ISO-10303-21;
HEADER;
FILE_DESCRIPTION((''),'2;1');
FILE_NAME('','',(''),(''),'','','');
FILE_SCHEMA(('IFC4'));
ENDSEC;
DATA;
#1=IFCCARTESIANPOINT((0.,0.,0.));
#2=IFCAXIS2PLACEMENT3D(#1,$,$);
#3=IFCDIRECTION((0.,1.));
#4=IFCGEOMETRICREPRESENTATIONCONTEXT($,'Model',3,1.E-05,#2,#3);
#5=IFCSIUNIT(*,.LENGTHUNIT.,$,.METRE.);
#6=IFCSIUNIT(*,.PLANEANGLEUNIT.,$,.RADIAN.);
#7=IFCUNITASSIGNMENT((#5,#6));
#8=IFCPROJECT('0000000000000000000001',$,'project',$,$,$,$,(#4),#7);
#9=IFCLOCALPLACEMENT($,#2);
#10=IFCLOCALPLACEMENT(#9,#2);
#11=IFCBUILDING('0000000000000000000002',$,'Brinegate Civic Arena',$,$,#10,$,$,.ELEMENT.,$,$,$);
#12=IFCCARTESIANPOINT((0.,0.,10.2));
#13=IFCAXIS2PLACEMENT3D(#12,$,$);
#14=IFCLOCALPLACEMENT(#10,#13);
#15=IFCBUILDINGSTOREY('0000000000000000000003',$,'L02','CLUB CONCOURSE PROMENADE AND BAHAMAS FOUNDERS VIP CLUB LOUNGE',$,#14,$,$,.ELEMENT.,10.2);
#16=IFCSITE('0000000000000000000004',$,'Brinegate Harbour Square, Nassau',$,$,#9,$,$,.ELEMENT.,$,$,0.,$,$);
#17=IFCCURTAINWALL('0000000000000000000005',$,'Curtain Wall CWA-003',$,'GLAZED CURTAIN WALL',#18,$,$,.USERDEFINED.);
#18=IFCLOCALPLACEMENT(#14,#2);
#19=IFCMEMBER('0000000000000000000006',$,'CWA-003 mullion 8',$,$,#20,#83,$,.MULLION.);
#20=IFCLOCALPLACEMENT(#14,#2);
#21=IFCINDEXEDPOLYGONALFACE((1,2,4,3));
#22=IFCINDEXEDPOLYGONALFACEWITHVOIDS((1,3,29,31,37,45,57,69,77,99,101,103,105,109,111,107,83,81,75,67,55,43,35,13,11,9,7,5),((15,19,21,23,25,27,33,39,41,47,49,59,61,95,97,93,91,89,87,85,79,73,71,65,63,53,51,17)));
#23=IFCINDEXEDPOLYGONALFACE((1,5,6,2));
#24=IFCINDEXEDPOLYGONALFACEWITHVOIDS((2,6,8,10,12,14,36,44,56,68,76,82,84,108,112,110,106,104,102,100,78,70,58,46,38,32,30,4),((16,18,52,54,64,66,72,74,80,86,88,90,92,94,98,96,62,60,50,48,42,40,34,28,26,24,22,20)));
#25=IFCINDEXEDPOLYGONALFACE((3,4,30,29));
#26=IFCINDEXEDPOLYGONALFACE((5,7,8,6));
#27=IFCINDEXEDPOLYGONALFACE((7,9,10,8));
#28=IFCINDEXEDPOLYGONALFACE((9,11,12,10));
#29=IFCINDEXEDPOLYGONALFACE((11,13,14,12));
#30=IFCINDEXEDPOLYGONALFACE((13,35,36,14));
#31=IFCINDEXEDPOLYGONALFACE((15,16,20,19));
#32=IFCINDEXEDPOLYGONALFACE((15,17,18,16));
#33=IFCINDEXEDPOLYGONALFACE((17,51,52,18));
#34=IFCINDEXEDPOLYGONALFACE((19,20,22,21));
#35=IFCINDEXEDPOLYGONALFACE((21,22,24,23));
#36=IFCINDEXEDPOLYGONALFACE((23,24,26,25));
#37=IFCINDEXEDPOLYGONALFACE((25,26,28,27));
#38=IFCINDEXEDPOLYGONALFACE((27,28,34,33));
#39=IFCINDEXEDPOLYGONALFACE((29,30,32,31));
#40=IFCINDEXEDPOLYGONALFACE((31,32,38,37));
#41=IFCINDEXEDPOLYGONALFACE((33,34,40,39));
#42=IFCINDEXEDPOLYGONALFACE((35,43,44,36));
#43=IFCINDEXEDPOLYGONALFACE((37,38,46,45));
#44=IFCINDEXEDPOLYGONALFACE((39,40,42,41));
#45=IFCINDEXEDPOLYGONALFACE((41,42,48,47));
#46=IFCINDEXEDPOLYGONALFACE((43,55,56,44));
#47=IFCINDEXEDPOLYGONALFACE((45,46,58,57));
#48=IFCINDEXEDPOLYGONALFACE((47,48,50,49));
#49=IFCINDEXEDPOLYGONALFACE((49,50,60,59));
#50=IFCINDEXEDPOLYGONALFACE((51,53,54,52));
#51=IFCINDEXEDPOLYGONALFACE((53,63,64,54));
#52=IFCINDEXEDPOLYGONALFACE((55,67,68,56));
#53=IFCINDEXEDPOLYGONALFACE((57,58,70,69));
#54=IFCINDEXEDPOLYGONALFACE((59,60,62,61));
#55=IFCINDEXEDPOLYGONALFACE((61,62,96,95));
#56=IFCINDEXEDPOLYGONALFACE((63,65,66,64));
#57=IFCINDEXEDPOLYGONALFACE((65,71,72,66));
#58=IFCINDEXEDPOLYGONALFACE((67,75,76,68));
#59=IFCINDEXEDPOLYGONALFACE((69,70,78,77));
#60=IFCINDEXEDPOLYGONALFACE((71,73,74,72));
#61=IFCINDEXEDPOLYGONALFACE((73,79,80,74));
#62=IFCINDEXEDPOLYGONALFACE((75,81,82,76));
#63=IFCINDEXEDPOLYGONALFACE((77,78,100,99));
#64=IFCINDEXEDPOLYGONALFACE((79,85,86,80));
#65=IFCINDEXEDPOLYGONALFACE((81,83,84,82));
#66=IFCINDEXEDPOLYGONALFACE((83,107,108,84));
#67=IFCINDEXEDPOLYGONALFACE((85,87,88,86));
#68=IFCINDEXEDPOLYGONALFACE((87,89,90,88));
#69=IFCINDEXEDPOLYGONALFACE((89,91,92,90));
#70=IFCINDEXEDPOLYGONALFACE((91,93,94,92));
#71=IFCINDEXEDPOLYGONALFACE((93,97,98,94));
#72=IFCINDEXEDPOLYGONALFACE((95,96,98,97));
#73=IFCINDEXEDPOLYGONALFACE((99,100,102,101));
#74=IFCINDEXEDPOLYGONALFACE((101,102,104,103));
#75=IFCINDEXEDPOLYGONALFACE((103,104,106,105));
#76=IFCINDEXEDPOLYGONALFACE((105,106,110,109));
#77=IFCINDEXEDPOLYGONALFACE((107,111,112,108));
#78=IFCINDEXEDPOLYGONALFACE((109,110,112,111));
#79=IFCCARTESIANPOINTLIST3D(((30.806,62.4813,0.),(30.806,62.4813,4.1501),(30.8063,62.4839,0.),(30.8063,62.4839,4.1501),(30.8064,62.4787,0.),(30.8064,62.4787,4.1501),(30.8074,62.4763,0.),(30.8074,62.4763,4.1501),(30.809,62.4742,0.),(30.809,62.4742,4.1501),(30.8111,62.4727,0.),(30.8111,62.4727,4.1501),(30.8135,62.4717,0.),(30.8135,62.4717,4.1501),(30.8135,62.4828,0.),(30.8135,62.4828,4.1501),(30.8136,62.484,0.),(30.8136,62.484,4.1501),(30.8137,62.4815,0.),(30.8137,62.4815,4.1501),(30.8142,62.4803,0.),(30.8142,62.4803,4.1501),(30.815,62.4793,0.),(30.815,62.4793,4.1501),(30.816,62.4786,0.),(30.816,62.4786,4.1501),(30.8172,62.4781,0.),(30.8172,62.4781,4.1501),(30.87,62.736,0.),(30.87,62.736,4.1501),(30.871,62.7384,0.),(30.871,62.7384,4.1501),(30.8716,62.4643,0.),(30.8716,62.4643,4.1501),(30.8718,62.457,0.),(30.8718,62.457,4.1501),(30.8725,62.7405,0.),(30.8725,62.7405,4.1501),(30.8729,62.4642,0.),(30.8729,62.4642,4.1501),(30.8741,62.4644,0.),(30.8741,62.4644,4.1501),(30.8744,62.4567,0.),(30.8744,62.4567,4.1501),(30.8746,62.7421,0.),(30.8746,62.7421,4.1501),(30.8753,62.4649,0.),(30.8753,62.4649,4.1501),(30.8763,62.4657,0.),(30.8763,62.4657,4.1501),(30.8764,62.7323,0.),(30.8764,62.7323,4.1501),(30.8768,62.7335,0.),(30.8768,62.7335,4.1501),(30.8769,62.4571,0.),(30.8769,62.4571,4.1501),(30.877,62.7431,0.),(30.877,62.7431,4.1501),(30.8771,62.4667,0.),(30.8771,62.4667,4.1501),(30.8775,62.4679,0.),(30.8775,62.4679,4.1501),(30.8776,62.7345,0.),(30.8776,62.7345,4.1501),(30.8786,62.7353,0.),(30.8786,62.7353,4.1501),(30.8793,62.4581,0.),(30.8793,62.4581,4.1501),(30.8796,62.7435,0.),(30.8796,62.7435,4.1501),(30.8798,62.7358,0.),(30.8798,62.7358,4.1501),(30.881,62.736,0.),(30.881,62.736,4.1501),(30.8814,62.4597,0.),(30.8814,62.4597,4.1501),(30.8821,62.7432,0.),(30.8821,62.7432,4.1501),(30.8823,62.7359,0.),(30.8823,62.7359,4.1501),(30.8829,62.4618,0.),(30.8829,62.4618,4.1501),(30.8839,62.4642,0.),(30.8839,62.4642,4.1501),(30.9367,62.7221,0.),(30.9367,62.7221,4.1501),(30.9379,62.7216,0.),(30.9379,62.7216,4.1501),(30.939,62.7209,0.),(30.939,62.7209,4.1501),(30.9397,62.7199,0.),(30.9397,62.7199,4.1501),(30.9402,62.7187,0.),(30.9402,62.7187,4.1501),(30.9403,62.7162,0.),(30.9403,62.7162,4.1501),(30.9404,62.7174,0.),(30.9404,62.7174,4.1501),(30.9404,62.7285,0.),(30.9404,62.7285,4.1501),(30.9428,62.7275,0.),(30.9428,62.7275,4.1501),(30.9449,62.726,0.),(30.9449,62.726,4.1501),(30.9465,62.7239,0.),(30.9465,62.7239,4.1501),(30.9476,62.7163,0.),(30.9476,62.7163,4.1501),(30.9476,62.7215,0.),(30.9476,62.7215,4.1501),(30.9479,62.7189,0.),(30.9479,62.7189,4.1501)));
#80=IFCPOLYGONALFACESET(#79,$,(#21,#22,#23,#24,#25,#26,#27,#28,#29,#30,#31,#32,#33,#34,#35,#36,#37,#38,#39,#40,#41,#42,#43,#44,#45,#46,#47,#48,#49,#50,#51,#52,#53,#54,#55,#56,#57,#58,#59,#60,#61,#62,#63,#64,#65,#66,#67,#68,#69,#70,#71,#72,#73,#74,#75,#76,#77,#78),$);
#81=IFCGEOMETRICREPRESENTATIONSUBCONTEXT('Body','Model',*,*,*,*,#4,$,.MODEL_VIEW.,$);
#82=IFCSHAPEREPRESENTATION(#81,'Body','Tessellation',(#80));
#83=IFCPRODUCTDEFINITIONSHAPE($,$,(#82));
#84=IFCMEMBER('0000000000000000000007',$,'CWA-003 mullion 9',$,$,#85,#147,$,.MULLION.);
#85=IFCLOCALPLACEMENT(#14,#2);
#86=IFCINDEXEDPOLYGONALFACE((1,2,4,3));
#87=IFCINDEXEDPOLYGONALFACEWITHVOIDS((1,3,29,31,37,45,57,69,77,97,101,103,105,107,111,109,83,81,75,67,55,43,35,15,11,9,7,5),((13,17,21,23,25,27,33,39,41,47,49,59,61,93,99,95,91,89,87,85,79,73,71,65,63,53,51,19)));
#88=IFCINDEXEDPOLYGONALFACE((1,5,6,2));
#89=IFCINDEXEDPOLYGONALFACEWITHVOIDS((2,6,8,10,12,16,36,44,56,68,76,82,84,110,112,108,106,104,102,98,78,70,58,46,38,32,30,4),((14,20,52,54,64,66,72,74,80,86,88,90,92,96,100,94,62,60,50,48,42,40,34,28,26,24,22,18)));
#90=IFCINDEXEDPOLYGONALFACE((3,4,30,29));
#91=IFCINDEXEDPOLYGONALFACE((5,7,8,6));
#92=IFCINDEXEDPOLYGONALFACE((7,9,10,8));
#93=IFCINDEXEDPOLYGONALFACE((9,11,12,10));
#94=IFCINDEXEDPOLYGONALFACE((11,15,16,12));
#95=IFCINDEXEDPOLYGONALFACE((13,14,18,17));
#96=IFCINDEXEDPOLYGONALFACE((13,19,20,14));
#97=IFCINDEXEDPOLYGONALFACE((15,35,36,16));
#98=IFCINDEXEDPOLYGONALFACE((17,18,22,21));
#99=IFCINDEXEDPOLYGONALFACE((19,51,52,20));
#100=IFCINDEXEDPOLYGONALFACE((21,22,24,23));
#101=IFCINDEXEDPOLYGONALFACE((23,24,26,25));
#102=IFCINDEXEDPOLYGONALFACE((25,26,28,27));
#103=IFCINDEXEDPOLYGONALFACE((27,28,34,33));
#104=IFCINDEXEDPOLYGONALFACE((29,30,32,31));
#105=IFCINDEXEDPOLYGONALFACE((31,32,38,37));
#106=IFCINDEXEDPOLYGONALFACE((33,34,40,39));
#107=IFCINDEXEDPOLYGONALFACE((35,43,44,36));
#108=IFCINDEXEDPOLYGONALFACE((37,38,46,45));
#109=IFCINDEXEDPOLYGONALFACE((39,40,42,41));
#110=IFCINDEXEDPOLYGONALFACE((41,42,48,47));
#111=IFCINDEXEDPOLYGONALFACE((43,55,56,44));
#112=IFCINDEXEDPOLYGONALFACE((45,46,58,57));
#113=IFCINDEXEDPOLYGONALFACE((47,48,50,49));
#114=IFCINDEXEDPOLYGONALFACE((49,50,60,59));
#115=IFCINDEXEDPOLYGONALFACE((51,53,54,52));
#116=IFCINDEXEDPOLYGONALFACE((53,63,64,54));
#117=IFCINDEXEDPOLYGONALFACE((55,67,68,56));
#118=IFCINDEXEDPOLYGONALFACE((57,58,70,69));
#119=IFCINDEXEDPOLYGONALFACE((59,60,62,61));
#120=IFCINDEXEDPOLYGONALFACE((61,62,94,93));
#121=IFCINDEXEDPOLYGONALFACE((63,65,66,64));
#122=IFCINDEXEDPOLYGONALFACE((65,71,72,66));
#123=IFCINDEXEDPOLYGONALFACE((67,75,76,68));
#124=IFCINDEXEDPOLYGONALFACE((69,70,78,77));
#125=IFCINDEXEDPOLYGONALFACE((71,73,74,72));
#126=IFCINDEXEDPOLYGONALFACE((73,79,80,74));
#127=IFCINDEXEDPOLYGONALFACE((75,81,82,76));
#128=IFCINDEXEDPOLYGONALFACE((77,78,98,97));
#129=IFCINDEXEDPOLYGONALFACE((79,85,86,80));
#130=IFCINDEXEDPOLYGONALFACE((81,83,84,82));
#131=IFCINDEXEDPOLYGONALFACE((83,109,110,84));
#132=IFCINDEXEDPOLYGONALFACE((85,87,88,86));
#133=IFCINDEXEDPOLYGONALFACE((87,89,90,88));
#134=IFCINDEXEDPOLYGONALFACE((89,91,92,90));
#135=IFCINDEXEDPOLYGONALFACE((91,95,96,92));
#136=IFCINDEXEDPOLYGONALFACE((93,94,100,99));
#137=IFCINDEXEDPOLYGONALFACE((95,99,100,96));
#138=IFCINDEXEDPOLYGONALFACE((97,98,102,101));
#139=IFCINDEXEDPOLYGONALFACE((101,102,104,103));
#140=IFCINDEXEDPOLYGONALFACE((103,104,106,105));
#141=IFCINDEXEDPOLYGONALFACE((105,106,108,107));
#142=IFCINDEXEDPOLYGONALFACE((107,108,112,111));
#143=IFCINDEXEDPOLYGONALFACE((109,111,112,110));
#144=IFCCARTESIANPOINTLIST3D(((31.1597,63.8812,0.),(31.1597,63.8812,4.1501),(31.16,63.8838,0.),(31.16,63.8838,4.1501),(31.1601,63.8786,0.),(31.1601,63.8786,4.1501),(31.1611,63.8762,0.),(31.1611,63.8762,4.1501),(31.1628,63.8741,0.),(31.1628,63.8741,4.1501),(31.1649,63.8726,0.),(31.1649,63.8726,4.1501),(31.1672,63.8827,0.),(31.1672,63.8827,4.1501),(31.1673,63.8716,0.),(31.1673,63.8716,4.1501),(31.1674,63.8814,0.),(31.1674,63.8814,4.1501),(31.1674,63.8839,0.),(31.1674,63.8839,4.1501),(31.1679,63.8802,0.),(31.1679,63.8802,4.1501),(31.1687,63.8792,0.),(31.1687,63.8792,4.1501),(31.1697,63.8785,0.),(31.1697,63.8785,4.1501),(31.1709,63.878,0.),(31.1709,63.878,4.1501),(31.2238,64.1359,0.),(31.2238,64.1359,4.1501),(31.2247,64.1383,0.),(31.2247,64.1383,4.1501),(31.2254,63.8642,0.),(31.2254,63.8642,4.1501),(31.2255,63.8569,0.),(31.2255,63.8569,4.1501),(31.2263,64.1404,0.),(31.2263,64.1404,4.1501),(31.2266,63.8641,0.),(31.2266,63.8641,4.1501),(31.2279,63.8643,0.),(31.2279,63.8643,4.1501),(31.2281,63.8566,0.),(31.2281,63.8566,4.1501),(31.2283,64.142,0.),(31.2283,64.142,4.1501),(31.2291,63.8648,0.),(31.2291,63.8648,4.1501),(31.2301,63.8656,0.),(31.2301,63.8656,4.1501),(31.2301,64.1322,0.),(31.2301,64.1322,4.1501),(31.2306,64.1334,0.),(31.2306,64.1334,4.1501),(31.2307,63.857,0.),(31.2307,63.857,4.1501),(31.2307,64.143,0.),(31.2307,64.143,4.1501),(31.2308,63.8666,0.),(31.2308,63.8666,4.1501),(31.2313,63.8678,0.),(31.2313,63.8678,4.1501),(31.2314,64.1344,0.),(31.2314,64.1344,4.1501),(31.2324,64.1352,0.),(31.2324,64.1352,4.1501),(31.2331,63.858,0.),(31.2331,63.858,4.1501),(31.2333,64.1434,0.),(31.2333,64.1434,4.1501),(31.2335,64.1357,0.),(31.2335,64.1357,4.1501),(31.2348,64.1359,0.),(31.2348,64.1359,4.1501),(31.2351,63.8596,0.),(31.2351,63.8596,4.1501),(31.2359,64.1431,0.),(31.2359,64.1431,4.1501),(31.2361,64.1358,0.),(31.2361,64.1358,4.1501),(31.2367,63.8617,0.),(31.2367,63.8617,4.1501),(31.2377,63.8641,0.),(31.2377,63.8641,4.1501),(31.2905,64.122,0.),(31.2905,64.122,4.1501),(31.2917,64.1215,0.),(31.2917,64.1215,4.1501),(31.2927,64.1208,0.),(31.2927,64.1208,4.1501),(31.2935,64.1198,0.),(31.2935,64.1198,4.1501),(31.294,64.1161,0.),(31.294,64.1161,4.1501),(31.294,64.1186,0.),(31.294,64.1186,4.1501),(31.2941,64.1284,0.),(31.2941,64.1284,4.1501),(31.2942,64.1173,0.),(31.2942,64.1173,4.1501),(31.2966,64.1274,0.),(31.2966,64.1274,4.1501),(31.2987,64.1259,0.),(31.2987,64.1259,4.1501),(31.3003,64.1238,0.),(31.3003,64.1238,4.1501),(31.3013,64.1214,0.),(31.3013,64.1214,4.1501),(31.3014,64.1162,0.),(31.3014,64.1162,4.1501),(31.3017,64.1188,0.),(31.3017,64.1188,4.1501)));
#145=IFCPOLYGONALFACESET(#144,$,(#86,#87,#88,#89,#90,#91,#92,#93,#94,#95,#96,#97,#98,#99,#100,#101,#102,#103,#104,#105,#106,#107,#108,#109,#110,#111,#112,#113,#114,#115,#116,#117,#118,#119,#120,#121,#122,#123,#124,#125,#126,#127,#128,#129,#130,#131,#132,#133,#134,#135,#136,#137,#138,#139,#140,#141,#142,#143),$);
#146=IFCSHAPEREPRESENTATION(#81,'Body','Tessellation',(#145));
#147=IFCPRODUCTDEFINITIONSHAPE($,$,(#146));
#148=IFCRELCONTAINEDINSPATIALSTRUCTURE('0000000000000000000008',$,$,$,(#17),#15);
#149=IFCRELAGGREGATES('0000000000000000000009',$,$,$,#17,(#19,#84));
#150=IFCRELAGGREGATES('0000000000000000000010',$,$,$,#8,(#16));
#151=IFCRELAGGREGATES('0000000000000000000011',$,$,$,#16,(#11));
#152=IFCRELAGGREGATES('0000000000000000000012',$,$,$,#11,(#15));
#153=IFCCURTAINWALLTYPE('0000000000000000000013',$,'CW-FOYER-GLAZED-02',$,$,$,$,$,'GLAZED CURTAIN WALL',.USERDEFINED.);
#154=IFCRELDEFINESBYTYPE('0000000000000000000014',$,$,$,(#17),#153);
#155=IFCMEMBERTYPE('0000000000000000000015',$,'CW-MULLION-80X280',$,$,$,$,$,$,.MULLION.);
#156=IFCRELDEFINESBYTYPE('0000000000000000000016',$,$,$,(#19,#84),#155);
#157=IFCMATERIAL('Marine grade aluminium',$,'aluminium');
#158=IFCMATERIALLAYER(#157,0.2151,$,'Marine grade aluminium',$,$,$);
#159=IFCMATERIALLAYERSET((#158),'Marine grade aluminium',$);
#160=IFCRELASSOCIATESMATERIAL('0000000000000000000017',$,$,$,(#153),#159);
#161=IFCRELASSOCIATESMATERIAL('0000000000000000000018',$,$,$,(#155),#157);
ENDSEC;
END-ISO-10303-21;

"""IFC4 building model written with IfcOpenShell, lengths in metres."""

from ifc_helpers import new_model, si_unit, direction, frame, origin, origin_2d, place, context, subcontext, project, spatial, hollow_rectangle, extrude, material, layer, layer_set, material_profile, profile_set, type_object, element, aggregate, save


model = new_model("IFC4")

# Units and contexts
model_context = context("Model", 3, precision=1e-05, world=origin(), true_north=direction((0.0, 1.0)))
body_context = subcontext(model_context, "Body", "Model", "MODEL_VIEW")
ifc_project = project(units=[si_unit("LENGTHUNIT", "METRE"), si_unit("PLANEANGLEUNIT", "RADIAN")], contexts=[model_context])

# Site, building, storey
site_placement = place(None, origin())
site = spatial("IfcSite", under=ifc_project, at=site_placement, Name="Brinegate Harbour Square, Nassau", CompositionType="ELEMENT", RefElevation=0.0)
building_placement = place(site_placement, origin())
building = spatial("IfcBuilding", under=site, at=building_placement, Name="Brinegate Civic Arena", CompositionType="ELEMENT")
storey_placement = place(building_placement, frame((0.0, 0.0, 10.2)))
storey = spatial("IfcBuildingStorey", under=building, at=storey_placement, Name="L02", Description="CLUB CONCOURSE PROMENADE AND BAHAMAS FOUNDERS VIP CLUB LOUNGE", CompositionType="ELEMENT", Elevation=10.2)

# Curtain wall, members
ifc_material_1 = material(Name="Marine grade aluminium", Category="aluminium")
ifc_layer_1 = layer(ifc_material_1, 0.2151, Name="Marine grade aluminium")
ifc_layer_set_1 = layer_set([ifc_layer_1], Name="Marine grade aluminium")
curtain_wall_type_1 = type_object("IfcCurtainWallType", Name="CW-FOYER-GLAZED-02", ElementType="GLAZED CURTAIN WALL", PredefinedType="USERDEFINED", material=ifc_layer_set_1)
curtain_wall_1_placement = place(storey_placement, origin())
curtain_wall_1 = element("IfcCurtainWall", 1, at=curtain_wall_1_placement, inside=storey, type_object=curtain_wall_type_1, Name="Curtain Wall CWA-003", ObjectType="GLAZED CURTAIN WALL", PredefinedType="USERDEFINED")
ifc_material_profile_1 = material_profile(ifc_material_1, hollow_rectangle(XDim=0.0801, YDim=0.28, WallThickness=0.0071, InnerFilletRadius=0.0049, OuterFilletRadius=0.01, at=origin_2d()), Name="MUL80X280")
ifc_profile_set_1 = profile_set([ifc_material_profile_1], Name="Marine grade aluminium")
member_type_1 = type_object("IfcMemberType", Name="CW-MULLION-80X280", PredefinedType="MULLION", material=ifc_profile_set_1)
member_1_placement = place(storey_placement, frame((30.877, 62.6001, 0.0), z_axis=(0.0, 0.0, 1.0), x_axis=(-0.969513, 0.245042, 0.0)))
member_1 = element("IfcMember", 2, at=member_1_placement, type_object=member_type_1, Name="CWA-003 mullion 8", PredefinedType="MULLION", context=body_context, shape_type="SweptSolid", body=[
    extrude(hollow_rectangle(XDim=0.0801, YDim=0.28, WallThickness=0.0071, InnerFilletRadius=0.0049, OuterFilletRadius=0.01, at=origin_2d()), origin(), (0.0, 0.0, 1.0), 4.1501),
])
member_2_placement = place(storey_placement, frame((31.2307, 64.0, 0.0), z_axis=(0.0, 0.0, 1.0), x_axis=(-0.969513, 0.245042, 0.0)))
member_2 = element("IfcMember", 3, at=member_2_placement, type_object=member_type_1, Name="CWA-003 mullion 9", PredefinedType="MULLION", context=body_context, shape_type="SweptSolid", body=[
    extrude(hollow_rectangle(XDim=0.0801, YDim=0.28, WallThickness=0.0071, InnerFilletRadius=0.0049, OuterFilletRadius=0.01, at=origin_2d()), origin(), (0.0, 0.0, 1.0), 4.1501),
])

aggregate(curtain_wall_1, [member_1, member_2])

save(model, "model.ifc")
